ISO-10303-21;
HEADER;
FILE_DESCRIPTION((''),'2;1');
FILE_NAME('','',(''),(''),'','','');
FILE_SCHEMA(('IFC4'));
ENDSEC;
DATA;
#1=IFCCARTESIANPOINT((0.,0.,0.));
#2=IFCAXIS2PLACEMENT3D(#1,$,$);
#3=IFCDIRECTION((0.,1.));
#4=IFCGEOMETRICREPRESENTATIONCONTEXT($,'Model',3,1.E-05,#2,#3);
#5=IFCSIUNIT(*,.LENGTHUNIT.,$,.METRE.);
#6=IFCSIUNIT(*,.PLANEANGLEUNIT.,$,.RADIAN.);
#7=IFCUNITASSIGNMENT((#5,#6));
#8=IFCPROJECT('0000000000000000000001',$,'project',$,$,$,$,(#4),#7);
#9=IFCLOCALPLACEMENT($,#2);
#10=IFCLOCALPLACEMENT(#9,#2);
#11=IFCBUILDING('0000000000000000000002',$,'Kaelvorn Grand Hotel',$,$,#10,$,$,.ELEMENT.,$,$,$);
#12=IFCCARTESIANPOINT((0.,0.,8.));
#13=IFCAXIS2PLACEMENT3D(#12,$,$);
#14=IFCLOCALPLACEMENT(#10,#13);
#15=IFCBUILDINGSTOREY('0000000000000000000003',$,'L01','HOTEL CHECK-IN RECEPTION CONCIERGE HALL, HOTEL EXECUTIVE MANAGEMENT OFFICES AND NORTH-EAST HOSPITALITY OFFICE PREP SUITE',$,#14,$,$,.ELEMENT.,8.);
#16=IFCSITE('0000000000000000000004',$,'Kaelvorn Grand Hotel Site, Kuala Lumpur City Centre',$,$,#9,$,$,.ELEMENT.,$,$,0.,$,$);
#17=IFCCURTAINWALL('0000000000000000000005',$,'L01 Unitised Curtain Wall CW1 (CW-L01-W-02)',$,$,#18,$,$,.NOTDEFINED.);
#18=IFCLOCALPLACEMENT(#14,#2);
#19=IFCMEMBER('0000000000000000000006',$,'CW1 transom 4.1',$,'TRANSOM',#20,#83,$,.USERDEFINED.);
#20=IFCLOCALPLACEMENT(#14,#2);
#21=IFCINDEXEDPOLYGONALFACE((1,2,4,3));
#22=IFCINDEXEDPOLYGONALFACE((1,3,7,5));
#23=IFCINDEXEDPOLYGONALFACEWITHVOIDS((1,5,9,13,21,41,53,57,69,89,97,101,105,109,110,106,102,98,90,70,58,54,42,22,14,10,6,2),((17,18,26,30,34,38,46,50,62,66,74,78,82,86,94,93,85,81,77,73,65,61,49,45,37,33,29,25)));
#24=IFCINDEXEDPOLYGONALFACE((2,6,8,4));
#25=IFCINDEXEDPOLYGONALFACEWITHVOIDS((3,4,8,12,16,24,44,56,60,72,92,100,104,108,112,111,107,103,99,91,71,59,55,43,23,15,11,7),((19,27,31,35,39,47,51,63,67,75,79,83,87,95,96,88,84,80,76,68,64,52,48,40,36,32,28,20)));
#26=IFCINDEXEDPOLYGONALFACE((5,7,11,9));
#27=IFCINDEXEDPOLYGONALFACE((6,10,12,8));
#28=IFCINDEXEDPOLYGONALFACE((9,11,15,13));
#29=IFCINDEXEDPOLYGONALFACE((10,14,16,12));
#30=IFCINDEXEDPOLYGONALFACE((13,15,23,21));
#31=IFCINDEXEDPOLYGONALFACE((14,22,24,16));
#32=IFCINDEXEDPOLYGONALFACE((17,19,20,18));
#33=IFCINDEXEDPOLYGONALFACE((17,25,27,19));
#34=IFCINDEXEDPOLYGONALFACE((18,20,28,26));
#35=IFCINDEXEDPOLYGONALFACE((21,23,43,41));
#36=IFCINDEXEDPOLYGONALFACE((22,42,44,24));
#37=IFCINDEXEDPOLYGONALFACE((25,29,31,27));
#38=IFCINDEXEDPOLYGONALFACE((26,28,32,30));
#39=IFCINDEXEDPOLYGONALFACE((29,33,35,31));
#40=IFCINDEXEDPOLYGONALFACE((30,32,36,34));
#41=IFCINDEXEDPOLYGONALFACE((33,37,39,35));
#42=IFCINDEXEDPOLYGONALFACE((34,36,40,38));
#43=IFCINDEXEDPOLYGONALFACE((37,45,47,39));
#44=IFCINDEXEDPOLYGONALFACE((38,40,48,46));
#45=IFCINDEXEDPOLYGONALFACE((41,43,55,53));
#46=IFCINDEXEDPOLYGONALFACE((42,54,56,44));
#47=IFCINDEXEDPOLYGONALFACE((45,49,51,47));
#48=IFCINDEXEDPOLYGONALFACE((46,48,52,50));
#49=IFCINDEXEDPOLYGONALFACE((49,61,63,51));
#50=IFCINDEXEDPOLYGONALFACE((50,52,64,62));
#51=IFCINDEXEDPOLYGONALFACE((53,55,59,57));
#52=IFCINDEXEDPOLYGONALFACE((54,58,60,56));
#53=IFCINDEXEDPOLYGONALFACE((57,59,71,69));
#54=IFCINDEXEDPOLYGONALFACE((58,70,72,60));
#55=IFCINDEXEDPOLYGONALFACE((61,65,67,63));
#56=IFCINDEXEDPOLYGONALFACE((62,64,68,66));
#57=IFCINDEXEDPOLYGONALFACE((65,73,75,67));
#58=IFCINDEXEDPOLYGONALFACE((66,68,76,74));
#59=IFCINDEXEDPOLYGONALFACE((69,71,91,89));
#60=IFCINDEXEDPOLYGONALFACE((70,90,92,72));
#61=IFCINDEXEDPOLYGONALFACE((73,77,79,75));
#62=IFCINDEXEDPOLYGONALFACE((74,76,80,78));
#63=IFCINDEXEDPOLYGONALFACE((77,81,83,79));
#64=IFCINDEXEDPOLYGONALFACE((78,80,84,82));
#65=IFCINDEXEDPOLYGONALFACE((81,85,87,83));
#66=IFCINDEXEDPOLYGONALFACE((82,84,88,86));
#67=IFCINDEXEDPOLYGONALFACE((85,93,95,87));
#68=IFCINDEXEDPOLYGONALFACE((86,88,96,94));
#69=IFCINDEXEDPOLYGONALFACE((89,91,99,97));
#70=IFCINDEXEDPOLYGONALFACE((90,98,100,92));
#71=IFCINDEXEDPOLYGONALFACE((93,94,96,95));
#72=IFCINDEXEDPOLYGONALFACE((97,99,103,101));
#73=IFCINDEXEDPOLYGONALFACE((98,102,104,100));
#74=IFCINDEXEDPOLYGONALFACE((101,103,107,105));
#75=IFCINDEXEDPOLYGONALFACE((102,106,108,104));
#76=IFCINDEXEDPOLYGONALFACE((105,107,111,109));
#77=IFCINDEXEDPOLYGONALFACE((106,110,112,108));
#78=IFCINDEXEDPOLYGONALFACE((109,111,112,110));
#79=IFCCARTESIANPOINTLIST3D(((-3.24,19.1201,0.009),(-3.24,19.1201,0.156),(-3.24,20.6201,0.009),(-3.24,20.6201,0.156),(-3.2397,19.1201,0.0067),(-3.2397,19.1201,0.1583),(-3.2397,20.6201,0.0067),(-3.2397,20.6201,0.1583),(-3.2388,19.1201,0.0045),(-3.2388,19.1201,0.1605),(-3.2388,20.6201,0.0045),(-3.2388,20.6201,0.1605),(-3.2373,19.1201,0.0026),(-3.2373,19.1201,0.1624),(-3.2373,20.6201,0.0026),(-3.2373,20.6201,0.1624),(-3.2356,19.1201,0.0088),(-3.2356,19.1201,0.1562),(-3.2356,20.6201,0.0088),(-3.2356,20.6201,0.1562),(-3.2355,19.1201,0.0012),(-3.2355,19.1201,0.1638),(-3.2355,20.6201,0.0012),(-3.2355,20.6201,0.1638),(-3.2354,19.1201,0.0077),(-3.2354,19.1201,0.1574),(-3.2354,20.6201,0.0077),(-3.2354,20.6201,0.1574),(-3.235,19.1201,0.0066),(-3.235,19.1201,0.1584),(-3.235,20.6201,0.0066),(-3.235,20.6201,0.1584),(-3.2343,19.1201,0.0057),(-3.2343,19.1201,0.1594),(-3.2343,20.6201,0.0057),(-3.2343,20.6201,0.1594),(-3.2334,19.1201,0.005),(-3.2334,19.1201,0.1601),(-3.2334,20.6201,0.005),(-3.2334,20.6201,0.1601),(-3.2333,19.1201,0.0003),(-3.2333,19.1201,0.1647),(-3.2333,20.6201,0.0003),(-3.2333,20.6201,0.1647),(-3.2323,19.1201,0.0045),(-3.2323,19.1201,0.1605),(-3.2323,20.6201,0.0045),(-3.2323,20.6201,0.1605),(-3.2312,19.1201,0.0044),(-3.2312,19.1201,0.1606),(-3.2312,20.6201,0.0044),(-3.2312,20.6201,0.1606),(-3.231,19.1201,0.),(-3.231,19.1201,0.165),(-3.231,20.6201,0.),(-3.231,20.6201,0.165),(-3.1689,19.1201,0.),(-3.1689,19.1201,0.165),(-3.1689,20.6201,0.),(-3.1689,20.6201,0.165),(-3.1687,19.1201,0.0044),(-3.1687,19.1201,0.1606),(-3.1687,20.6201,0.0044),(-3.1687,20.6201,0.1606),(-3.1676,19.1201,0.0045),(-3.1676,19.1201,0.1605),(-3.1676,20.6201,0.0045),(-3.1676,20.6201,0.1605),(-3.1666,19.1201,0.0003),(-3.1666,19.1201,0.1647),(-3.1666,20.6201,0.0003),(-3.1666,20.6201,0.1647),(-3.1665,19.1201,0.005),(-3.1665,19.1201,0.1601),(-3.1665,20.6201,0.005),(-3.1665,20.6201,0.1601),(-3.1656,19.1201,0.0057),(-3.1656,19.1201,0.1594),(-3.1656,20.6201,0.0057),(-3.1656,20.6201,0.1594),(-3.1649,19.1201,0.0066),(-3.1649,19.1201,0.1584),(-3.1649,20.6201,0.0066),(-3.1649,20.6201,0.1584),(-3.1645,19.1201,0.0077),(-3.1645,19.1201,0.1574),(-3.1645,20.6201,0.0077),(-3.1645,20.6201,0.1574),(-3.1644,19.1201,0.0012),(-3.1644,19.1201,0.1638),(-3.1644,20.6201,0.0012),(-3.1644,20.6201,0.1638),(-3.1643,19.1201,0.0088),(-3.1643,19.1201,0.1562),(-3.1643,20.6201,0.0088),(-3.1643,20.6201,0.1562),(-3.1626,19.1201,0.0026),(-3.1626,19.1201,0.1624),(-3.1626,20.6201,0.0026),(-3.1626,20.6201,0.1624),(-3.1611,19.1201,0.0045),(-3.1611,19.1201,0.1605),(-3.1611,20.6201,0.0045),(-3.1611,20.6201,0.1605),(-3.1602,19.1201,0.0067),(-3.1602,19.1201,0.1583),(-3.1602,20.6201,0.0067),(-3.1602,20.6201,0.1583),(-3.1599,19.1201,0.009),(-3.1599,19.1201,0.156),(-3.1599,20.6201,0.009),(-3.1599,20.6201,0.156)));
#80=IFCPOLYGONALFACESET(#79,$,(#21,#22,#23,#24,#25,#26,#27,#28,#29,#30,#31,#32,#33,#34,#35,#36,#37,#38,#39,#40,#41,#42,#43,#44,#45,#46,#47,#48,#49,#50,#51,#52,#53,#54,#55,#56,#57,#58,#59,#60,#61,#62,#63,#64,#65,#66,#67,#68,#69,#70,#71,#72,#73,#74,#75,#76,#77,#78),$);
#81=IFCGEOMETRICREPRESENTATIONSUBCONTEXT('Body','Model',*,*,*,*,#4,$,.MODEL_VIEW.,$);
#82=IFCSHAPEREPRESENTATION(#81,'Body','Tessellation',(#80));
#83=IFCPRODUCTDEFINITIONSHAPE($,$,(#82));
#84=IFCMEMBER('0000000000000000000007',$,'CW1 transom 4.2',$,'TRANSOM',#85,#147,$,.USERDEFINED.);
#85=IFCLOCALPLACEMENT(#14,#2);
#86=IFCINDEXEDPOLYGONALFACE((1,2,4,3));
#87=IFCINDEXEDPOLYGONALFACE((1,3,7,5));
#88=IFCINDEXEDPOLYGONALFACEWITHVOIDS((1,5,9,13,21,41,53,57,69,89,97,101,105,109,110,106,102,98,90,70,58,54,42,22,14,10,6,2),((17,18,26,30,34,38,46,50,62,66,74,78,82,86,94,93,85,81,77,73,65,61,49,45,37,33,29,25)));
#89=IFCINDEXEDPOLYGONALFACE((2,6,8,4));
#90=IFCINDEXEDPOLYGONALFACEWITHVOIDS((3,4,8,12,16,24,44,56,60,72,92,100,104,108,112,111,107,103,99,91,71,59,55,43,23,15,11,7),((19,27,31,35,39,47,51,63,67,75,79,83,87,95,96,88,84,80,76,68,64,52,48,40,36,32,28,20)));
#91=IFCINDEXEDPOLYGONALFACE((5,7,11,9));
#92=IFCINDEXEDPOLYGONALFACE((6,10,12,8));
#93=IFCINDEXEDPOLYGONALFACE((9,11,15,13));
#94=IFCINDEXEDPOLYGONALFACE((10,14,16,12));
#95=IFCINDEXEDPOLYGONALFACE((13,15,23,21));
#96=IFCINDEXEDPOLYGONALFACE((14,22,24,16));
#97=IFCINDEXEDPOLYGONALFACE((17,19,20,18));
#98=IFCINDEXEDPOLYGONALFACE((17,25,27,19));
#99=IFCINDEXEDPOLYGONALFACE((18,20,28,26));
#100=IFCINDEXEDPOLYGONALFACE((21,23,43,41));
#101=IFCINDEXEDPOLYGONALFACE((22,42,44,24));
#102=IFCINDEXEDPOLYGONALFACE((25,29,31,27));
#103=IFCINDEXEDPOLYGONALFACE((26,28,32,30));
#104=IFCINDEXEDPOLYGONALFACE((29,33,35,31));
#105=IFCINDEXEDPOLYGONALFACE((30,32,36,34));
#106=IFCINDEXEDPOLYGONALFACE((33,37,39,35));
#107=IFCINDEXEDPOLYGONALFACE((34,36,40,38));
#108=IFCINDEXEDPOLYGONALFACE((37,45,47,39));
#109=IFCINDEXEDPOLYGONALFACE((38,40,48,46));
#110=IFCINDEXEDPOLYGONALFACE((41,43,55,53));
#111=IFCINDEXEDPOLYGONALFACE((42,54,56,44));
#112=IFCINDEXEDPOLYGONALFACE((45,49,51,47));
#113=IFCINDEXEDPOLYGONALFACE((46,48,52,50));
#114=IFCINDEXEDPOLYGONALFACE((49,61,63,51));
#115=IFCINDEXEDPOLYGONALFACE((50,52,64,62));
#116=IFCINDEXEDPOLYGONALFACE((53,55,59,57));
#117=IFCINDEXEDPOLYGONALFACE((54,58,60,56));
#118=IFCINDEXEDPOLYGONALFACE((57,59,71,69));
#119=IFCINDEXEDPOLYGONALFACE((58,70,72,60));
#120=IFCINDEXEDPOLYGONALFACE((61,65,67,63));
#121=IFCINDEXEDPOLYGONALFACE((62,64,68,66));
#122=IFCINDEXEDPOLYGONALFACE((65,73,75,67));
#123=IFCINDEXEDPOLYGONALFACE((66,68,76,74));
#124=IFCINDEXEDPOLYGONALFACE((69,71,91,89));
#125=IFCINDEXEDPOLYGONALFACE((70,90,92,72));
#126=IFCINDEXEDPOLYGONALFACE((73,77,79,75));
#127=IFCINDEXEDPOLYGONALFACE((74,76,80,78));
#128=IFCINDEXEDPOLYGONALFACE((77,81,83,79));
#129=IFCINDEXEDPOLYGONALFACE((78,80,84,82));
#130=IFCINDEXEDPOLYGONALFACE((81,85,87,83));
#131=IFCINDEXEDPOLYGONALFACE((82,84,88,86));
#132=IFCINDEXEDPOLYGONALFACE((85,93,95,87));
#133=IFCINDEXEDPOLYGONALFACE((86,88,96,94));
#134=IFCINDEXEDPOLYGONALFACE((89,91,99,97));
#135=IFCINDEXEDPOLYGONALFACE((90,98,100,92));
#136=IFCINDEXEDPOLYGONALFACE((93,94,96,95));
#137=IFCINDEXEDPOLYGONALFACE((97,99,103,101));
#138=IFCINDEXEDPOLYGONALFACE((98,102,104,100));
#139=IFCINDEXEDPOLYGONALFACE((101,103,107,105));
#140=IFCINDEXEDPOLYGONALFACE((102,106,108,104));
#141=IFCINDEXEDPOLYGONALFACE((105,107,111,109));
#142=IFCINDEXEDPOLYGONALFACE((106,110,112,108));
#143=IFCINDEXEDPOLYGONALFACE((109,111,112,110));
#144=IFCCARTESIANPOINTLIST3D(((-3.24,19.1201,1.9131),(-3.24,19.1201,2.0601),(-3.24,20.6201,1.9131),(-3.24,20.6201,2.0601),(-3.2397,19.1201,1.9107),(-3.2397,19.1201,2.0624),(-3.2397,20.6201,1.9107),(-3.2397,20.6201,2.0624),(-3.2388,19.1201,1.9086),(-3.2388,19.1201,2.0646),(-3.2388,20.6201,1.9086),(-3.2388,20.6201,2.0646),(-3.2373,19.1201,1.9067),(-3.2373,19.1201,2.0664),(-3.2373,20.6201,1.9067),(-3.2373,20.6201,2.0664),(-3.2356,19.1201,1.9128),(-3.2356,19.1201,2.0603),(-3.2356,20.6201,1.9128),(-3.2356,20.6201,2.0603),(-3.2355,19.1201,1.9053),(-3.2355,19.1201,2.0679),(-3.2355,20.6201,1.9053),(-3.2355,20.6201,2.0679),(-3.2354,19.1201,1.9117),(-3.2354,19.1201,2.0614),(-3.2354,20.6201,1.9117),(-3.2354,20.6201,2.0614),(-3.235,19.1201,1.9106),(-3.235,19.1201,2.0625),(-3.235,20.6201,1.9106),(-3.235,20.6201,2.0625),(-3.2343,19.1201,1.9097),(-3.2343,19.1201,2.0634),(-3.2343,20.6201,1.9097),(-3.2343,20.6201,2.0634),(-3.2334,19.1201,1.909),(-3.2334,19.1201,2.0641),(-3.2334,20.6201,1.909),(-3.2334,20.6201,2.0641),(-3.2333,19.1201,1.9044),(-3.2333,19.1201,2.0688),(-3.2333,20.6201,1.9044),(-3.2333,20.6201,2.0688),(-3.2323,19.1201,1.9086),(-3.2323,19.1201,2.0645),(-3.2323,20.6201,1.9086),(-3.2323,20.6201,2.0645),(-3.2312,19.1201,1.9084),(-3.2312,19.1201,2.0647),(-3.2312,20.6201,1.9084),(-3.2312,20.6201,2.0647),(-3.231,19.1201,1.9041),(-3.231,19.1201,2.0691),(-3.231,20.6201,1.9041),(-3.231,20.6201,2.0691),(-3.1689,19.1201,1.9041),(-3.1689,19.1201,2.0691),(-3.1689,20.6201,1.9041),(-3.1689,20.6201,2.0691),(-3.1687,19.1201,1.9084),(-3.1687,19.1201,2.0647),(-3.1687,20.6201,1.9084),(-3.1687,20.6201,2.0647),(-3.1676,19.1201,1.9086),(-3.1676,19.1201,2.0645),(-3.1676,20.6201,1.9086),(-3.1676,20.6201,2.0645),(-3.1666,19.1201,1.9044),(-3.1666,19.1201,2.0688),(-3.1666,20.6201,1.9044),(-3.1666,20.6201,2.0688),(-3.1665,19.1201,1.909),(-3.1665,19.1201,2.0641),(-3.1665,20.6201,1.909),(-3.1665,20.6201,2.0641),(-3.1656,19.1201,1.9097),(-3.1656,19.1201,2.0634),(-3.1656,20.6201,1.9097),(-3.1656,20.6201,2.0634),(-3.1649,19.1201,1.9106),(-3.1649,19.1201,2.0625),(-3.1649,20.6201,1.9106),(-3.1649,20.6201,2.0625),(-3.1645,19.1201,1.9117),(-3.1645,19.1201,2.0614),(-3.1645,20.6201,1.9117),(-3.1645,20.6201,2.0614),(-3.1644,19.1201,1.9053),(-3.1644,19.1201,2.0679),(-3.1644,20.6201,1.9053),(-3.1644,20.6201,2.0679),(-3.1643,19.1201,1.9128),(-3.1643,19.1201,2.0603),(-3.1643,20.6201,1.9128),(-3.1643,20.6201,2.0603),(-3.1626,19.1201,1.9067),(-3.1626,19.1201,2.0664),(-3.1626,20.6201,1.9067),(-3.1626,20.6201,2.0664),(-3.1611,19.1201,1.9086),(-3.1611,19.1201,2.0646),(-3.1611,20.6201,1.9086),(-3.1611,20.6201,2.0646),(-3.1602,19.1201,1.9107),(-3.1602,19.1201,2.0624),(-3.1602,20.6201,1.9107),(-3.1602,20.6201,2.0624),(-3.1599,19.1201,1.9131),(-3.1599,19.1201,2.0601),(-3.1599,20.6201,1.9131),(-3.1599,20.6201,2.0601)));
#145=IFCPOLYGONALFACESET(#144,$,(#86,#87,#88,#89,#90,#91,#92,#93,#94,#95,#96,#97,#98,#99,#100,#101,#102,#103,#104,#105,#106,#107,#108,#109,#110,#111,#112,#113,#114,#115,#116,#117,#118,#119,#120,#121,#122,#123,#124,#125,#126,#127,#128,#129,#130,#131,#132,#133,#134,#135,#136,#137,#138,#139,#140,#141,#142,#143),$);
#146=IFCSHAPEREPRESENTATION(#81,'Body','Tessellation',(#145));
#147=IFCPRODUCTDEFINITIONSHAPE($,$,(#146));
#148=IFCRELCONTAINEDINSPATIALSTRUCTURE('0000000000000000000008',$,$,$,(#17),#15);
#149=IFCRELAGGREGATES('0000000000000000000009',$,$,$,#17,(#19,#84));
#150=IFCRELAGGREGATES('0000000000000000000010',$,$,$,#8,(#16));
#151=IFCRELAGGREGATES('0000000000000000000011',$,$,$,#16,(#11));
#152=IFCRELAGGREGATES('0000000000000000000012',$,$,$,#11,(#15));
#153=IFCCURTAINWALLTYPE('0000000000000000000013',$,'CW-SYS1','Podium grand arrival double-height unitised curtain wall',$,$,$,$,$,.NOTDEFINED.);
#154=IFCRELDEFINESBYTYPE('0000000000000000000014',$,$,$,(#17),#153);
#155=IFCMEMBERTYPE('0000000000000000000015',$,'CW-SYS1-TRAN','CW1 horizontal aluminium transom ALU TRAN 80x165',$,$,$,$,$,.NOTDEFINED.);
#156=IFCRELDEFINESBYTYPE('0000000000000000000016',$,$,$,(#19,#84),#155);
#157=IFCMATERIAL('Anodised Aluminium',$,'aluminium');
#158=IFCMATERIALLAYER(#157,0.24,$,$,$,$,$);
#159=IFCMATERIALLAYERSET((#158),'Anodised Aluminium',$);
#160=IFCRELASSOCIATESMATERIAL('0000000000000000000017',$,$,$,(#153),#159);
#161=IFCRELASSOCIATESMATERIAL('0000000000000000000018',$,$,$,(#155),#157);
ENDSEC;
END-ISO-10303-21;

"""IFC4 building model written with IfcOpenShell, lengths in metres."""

from ifc_helpers import new_model, si_unit, direction, frame, origin, origin_2d, place, context, subcontext, project, spatial, hollow_rectangle, extrude, material, layer, layer_set, material_profile, profile_set, type_object, element, aggregate, save


model = new_model("IFC4")

# Units and contexts
model_context = context("Model", 3, precision=1e-05, world=origin(), true_north=direction((0.0, 1.0)))
body_context = subcontext(model_context, "Body", "Model", "MODEL_VIEW")
ifc_project = project(units=[si_unit("LENGTHUNIT", "METRE"), si_unit("PLANEANGLEUNIT", "RADIAN")], contexts=[model_context])

# Site, building, storey
site_placement = place(None, origin())
site = spatial("IfcSite", under=ifc_project, at=site_placement, Name="Kaelvorn Grand Hotel Site, Kuala Lumpur City Centre", CompositionType="ELEMENT", RefElevation=0.0)
building_placement = place(site_placement, origin())
building = spatial("IfcBuilding", under=site, at=building_placement, Name="Kaelvorn Grand Hotel", CompositionType="ELEMENT")
storey_placement = place(building_placement, frame((0.0, 0.0, 8.0)))
storey = spatial("IfcBuildingStorey", under=building, at=storey_placement, Name="L01", Description="HOTEL CHECK-IN RECEPTION CONCIERGE HALL, HOTEL EXECUTIVE MANAGEMENT OFFICES AND NORTH-EAST HOSPITALITY OFFICE PREP SUITE", CompositionType="ELEMENT", Elevation=8.0)

# Curtain wall
ifc_material_1 = material(Name="Anodised Aluminium", Category="aluminium")
ifc_layer_1 = layer(ifc_material_1, 0.24)
ifc_layer_set_1 = layer_set([ifc_layer_1], Name="Anodised Aluminium")
curtain_wall_type = type_object("IfcCurtainWallType", Name="CW-SYS1", Description="Podium grand arrival double-height unitised curtain wall", PredefinedType="NOTDEFINED", material=ifc_layer_set_1)
curtain_wall_1_placement = place(storey_placement, origin())
curtain_wall_1 = element("IfcCurtainWall", 1, at=curtain_wall_1_placement, inside=storey, type_object=curtain_wall_type, Name="L01 Unitised Curtain Wall CW1 (CW-L01-W-02)", PredefinedType="NOTDEFINED")

# Members
ifc_material_profile_1 = material_profile(ifc_material_1, hollow_rectangle(XDim=0.0801, YDim=0.165, WallThickness=0.0044, InnerFilletRadius=0.0044, OuterFilletRadius=0.009, at=origin_2d()), Name="ALU TRAN 80x165")
ifc_profile_set_1 = profile_set([ifc_material_profile_1], Name="Anodised Aluminium")
member_type_1 = type_object("IfcMemberType", Name="CW-SYS1-TRAN", Description="CW1 horizontal aluminium transom ALU TRAN 80x165", PredefinedType="NOTDEFINED", material=ifc_profile_set_1)
member_1_placement = place(storey_placement, frame((-3.2, 20.6201, 0.0825), z_axis=(0.0, -1.0, 0.0), x_axis=(1.0, 0.0, 0.0)))
member_1 = element("IfcMember", 2, at=member_1_placement, type_object=member_type_1, Name="CW1 transom 4.1", ObjectType="TRANSOM", PredefinedType="USERDEFINED", context=body_context, shape_type="SweptSolid", body=[
    extrude(hollow_rectangle(XDim=0.0801, YDim=0.165, WallThickness=0.0044, InnerFilletRadius=0.0044, OuterFilletRadius=0.009, at=origin_2d()), origin(), (0.0, 0.0, 1.0), 1.5),
])
member_2_placement = place(storey_placement, frame((-3.2, 20.6201, 1.9866), z_axis=(0.0, -1.0, 0.0), x_axis=(1.0, 0.0, 0.0)))
member_2 = element("IfcMember", 3, at=member_2_placement, type_object=member_type_1, Name="CW1 transom 4.2", ObjectType="TRANSOM", PredefinedType="USERDEFINED", context=body_context, shape_type="SweptSolid", body=[
    extrude(hollow_rectangle(XDim=0.0801, YDim=0.165, WallThickness=0.0044, InnerFilletRadius=0.0044, OuterFilletRadius=0.009, at=origin_2d()), origin(), (0.0, 0.0, 1.0), 1.5),
])

aggregate(curtain_wall_1, [member_1, member_2])

save(model, "model.ifc")
